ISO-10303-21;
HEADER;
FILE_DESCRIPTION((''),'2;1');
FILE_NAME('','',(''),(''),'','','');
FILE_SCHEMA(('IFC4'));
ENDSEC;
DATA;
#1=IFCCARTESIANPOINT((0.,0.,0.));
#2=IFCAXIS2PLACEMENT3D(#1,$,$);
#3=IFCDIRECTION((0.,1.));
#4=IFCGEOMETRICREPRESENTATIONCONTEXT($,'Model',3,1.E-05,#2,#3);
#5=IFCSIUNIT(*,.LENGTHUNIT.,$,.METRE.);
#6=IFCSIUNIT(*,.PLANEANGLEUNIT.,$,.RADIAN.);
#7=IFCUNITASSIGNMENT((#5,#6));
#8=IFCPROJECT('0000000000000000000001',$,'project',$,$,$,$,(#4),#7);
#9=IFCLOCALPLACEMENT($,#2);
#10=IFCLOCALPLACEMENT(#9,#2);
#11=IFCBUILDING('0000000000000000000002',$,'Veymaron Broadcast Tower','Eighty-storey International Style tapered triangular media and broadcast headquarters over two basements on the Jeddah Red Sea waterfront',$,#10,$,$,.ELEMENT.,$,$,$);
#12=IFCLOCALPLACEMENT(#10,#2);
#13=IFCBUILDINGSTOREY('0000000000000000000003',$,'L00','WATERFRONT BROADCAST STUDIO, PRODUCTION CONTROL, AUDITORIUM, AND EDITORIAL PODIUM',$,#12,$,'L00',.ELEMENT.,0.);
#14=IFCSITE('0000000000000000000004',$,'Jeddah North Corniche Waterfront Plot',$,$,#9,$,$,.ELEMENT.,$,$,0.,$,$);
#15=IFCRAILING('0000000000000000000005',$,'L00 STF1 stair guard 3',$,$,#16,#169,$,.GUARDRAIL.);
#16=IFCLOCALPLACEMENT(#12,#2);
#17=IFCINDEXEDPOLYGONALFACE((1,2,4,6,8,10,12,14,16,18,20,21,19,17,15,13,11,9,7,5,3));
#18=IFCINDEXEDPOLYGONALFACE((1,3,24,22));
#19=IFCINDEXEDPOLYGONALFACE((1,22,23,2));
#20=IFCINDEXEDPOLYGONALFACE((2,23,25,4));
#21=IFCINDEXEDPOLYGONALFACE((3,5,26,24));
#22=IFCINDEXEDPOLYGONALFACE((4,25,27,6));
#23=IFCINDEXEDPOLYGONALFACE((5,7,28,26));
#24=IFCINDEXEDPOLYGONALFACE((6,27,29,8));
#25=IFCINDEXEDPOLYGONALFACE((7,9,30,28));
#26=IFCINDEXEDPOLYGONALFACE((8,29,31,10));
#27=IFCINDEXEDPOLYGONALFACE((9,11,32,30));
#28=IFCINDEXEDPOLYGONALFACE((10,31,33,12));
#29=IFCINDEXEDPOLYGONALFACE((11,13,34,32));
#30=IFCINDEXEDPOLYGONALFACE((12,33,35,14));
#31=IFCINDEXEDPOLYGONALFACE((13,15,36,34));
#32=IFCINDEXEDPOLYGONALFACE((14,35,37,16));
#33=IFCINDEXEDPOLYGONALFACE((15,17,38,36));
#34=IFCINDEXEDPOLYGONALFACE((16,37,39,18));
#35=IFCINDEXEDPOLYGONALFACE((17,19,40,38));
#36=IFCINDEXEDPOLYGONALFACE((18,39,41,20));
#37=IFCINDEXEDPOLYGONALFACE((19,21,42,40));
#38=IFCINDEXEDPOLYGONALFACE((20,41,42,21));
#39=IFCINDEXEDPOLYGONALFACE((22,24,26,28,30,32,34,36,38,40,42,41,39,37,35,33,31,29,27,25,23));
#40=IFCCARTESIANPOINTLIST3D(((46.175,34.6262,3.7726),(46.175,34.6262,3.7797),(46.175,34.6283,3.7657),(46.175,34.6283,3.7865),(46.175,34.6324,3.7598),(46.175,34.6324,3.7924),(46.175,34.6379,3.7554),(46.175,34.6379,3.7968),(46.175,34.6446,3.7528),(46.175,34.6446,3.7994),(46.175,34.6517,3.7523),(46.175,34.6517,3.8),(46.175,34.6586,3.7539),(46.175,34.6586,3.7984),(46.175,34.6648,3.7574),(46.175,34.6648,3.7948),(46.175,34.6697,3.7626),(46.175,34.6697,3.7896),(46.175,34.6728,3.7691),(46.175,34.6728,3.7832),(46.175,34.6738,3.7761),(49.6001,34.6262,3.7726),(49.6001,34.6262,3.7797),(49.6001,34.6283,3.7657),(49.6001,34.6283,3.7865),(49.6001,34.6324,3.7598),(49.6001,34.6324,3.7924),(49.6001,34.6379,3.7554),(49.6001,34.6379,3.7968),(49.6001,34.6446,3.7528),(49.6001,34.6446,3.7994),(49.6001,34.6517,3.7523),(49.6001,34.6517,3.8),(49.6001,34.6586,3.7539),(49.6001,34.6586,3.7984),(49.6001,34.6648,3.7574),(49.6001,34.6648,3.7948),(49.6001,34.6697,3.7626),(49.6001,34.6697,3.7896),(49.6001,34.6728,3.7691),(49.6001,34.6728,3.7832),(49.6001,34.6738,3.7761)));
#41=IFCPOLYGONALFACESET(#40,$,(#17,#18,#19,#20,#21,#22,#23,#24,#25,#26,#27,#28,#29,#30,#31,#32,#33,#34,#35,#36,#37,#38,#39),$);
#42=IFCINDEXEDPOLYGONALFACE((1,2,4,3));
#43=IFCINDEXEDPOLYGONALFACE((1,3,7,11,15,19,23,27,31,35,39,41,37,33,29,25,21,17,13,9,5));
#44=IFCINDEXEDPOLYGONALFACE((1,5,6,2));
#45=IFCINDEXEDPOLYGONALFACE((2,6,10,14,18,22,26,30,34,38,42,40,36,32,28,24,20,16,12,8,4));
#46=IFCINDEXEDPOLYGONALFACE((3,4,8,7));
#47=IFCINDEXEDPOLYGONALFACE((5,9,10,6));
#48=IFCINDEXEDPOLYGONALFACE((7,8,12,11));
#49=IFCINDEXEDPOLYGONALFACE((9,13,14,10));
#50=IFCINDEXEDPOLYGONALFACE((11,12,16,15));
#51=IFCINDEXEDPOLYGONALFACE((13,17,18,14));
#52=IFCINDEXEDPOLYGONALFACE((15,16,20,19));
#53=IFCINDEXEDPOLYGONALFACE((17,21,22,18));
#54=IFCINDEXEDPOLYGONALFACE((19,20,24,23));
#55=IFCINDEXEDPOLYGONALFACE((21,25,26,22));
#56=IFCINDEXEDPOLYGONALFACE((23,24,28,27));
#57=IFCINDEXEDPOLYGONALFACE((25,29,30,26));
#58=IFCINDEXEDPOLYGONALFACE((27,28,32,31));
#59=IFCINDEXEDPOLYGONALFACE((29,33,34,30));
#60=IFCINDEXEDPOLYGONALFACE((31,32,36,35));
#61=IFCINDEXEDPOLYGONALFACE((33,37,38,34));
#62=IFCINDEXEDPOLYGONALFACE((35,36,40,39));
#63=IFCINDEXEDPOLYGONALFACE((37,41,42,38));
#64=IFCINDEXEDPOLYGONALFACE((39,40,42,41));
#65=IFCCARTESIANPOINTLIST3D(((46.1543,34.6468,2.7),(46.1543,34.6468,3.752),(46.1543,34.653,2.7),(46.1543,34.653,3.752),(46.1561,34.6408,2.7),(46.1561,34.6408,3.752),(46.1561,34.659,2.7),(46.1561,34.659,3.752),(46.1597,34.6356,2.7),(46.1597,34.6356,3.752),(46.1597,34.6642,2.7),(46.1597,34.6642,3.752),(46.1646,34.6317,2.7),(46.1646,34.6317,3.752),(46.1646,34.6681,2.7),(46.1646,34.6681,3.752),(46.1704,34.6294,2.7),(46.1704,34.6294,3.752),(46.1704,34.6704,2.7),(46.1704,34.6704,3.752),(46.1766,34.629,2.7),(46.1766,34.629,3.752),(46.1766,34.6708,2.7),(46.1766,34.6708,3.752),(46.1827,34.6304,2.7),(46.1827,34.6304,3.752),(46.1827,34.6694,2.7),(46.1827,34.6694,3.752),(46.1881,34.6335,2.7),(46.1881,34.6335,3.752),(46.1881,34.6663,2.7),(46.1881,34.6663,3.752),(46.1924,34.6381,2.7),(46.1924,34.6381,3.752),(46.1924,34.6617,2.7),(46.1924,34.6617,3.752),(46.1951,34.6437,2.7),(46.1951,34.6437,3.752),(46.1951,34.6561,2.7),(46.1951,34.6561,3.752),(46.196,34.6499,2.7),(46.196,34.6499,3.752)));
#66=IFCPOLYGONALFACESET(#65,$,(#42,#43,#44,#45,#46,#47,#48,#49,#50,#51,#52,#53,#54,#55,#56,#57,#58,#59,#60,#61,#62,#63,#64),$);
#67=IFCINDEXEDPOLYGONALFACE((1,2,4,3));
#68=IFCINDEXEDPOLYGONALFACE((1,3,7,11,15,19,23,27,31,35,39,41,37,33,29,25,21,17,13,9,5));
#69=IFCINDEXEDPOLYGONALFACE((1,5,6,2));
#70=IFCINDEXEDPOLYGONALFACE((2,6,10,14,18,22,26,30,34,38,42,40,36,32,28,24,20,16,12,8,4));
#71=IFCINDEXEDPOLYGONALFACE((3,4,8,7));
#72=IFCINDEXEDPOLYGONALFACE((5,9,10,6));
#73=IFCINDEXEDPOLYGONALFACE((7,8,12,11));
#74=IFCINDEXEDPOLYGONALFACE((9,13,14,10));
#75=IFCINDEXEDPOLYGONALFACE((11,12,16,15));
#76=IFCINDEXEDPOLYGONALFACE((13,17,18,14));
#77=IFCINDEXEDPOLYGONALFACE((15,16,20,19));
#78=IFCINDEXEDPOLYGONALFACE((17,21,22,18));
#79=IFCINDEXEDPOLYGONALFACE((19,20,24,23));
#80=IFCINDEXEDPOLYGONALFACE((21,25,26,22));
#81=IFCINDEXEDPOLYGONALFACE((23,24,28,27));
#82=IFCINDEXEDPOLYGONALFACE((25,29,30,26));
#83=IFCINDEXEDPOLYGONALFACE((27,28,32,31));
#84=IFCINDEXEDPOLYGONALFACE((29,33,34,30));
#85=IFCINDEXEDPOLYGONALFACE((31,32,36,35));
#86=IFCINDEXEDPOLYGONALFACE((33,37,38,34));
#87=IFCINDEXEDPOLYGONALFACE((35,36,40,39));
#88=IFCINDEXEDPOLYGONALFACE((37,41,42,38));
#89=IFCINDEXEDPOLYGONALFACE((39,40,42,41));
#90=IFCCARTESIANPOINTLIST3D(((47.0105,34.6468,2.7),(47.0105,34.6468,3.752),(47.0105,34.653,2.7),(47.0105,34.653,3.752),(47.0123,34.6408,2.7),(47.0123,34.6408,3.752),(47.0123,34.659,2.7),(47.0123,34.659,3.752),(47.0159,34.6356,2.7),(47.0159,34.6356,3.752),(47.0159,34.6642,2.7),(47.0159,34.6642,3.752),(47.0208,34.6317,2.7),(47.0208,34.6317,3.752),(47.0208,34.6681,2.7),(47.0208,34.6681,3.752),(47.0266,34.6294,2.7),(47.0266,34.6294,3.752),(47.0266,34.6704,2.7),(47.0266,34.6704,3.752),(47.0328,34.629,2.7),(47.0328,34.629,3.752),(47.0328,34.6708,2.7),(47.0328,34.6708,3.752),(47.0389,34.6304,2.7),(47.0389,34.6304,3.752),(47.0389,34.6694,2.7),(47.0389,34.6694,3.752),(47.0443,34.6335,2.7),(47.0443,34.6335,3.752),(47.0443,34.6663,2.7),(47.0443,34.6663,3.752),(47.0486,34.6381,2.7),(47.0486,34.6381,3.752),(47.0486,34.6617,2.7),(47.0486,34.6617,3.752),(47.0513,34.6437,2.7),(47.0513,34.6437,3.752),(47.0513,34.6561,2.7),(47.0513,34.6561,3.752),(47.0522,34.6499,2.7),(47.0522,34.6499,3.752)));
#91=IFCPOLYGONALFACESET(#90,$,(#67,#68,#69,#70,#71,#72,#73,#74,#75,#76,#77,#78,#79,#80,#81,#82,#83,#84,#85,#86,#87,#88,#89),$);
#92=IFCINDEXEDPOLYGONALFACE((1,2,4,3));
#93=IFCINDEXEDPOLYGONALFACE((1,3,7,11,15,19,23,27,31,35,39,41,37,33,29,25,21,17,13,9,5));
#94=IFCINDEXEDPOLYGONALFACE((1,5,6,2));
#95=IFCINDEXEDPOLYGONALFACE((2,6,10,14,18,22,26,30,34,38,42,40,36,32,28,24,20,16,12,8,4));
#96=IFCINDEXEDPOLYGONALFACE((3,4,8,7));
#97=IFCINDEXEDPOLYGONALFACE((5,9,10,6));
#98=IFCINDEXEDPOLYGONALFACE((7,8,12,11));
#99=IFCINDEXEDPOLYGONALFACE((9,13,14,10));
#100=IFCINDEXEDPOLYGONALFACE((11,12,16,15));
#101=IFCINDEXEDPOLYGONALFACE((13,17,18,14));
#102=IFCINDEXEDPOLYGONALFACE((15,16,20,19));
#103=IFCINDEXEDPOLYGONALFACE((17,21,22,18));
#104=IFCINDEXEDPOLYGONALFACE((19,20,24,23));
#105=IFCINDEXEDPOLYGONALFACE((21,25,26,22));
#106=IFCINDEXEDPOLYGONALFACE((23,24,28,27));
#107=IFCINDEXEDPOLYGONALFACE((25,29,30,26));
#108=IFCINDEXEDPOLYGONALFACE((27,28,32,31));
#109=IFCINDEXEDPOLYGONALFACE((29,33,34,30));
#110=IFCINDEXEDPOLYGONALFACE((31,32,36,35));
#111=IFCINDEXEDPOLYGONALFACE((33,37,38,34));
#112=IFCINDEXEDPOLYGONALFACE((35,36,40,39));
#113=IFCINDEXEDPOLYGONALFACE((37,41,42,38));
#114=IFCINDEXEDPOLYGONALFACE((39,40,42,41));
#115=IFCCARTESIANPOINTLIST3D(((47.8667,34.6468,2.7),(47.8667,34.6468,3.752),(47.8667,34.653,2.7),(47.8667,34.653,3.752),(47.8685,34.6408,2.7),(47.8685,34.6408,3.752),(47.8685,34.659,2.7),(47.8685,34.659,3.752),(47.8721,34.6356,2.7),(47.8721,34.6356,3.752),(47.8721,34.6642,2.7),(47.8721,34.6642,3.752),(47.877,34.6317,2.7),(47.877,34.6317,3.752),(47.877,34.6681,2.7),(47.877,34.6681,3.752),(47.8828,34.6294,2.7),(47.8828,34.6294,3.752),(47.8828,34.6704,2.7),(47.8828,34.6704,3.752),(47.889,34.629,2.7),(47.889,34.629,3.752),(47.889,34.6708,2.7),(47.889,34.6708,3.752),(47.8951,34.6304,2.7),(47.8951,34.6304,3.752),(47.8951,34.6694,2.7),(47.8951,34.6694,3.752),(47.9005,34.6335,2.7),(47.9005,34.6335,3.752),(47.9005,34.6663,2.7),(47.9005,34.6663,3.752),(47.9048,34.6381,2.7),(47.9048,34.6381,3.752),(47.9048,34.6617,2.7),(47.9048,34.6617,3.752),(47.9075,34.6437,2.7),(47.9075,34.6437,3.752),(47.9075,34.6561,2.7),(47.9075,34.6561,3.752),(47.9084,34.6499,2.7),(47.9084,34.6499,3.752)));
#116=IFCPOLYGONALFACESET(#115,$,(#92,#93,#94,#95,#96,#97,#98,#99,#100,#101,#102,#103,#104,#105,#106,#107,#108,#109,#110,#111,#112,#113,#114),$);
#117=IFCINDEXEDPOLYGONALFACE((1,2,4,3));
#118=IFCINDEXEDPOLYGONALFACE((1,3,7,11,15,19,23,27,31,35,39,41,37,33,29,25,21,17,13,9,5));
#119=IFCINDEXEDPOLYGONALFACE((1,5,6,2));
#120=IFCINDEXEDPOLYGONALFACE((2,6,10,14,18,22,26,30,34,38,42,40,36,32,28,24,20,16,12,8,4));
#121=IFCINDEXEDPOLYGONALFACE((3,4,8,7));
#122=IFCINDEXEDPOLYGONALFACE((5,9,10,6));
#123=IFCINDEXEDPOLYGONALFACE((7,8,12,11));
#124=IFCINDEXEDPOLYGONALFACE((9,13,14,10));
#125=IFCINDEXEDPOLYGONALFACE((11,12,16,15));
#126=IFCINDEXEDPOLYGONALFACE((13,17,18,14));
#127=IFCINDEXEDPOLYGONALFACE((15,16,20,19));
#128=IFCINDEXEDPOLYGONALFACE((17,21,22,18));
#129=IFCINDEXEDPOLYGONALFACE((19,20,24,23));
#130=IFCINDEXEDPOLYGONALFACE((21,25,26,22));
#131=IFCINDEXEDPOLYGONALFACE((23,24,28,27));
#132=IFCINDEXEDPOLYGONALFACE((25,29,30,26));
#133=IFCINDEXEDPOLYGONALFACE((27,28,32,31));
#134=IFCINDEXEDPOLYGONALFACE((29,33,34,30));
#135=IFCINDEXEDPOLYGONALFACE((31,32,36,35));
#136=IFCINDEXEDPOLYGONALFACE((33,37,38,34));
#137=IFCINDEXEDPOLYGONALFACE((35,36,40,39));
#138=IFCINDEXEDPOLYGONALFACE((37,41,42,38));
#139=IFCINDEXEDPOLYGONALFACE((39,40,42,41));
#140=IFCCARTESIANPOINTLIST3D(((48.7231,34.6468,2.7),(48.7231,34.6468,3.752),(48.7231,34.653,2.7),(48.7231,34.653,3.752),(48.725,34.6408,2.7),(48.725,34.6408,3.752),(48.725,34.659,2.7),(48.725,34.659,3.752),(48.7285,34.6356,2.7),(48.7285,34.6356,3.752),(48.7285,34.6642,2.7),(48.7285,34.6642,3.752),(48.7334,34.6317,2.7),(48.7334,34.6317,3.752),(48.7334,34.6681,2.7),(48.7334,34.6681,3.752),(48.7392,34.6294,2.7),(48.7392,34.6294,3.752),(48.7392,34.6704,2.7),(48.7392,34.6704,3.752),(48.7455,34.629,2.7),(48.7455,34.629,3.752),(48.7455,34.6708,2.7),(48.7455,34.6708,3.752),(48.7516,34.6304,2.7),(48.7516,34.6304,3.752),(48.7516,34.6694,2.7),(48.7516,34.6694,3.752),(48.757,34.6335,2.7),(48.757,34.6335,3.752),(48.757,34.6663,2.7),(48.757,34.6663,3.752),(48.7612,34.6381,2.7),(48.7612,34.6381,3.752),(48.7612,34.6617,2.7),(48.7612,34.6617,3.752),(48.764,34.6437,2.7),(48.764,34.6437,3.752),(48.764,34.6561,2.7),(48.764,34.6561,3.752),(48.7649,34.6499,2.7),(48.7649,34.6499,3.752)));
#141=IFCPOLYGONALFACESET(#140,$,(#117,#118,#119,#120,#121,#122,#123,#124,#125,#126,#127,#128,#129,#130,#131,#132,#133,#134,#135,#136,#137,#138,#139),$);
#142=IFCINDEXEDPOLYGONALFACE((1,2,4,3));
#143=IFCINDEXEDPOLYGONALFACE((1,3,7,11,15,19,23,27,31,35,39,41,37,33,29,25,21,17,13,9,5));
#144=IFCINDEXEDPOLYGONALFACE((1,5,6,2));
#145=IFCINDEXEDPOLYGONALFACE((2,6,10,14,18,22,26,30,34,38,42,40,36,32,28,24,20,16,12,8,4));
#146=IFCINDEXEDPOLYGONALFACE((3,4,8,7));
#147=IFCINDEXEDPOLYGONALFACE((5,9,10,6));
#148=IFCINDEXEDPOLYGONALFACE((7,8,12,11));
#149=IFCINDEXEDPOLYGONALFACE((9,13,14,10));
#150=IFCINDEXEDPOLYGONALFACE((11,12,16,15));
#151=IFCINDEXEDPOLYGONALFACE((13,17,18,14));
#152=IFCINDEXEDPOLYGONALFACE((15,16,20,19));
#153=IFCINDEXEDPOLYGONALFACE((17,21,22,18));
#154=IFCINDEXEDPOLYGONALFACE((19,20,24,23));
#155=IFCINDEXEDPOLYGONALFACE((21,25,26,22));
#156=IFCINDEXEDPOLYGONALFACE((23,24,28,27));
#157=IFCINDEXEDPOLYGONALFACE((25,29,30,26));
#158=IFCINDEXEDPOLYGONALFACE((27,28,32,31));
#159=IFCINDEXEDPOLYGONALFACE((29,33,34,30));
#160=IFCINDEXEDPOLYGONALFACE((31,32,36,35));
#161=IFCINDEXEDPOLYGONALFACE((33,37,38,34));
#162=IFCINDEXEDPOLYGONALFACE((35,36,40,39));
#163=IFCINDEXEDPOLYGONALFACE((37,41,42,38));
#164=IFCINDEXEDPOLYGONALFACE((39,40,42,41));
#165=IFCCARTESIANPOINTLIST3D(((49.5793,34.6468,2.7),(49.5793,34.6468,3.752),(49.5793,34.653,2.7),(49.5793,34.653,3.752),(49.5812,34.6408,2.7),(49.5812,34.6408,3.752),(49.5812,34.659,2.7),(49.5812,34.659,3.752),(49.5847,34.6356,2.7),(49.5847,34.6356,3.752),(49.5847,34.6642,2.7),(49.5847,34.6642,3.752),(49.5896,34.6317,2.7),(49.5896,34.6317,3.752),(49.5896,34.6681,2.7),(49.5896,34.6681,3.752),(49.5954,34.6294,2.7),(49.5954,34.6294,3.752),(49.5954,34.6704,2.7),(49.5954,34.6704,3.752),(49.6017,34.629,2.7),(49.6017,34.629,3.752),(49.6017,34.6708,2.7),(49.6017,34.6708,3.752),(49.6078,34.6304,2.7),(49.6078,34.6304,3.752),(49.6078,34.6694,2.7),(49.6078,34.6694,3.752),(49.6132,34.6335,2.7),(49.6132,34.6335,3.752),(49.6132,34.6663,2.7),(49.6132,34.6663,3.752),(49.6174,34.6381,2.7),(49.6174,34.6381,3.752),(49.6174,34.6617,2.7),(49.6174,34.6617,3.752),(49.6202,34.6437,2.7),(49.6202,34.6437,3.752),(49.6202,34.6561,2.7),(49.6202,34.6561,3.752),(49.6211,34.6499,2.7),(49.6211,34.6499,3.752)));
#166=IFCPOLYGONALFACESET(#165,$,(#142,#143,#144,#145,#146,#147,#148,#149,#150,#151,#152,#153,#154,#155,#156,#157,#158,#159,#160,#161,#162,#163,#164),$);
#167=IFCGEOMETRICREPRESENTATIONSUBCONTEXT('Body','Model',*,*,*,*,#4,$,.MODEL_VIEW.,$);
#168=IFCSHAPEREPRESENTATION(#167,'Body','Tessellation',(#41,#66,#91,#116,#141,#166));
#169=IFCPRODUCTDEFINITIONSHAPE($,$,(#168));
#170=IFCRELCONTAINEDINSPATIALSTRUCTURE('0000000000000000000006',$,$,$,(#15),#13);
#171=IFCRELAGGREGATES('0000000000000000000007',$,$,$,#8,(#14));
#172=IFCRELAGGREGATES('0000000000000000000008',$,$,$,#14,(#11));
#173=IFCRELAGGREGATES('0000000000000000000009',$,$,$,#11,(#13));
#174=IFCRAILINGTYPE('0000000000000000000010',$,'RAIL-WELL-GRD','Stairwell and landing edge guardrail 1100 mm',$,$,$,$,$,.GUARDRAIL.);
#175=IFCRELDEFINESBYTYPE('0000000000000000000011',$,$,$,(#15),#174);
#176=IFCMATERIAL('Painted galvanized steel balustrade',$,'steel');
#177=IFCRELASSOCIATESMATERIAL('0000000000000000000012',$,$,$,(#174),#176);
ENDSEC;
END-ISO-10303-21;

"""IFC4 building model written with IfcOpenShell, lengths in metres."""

from ifc_helpers import new_model, si_unit, direction, frame, origin, origin_2d, place, context, subcontext, project, spatial, circle, extrude, material, type_object, element, save


model = new_model("IFC4")

# Units and contexts
model_context = context("Model", 3, precision=1e-05, world=origin(), true_north=direction((0.0, 1.0)))
body_context = subcontext(model_context, "Body", "Model", "MODEL_VIEW")
ifc_project = project(units=[si_unit("LENGTHUNIT", "METRE"), si_unit("PLANEANGLEUNIT", "RADIAN")], contexts=[model_context])

# Site, building, storey
site_placement = place(None, origin())
site = spatial("IfcSite", under=ifc_project, at=site_placement, Name="Jeddah North Corniche Waterfront Plot", CompositionType="ELEMENT", RefElevation=0.0)
building_placement = place(site_placement, origin())
building = spatial("IfcBuilding", under=site, at=building_placement, Name="Veymaron Broadcast Tower", Description="Eighty-storey International Style tapered triangular media and broadcast headquarters over two basements on the Jeddah Red Sea waterfront", CompositionType="ELEMENT")
storey_placement = place(building_placement, origin())
storey = spatial("IfcBuildingStorey", under=building, at=storey_placement, Name="L00", Description="WATERFRONT BROADCAST STUDIO, PRODUCTION CONTROL, AUDITORIUM, AND EDITORIAL PODIUM", LongName="L00", CompositionType="ELEMENT", Elevation=0.0)

# Railing
ifc_material_1 = material(Name="Painted galvanized steel balustrade", Category="steel")
railing_type_1 = type_object("IfcRailingType", Name="RAIL-WELL-GRD", Description="Stairwell and landing edge guardrail 1100 mm", PredefinedType="GUARDRAIL", material=ifc_material_1)
railing_1_placement = place(storey_placement, frame((46.175, 34.6499, 2.7)))
element("IfcRailing", 1, at=railing_1_placement, inside=storey, type_object=railing_type_1, Name="L00 STF1 stair guard 3", PredefinedType="GUARDRAIL", context=body_context, shape_type="SweptSolid", body=[
    extrude(circle(Radius=0.0239, at=origin_2d()), frame((0.0, 0.0, 1.0762), z_axis=(1.0, 0.0, 0.0), x_axis=(0.0, 1.0, 0.0)), (0.0, 0.0, 1.0), 3.425),
    extrude(circle(Radius=0.021, at=origin_2d()), origin(), (0.0, 0.0, 1.0), 1.052),
    extrude(circle(Radius=0.021, at=origin_2d()), frame((0.8562, 0.0, 0.0)), (0.0, 0.0, 1.0), 1.052),
    extrude(circle(Radius=0.021, at=origin_2d()), frame((1.7124, 0.0, 0.0)), (0.0, 0.0, 1.0), 1.052),
    extrude(circle(Radius=0.021, at=origin_2d()), frame((2.5688, 0.0, 0.0)), (0.0, 0.0, 1.0), 1.052),
    extrude(circle(Radius=0.021, at=origin_2d()), frame((3.425, 0.0, 0.0)), (0.0, 0.0, 1.0), 1.052),
])

save(model, "model.ifc")
